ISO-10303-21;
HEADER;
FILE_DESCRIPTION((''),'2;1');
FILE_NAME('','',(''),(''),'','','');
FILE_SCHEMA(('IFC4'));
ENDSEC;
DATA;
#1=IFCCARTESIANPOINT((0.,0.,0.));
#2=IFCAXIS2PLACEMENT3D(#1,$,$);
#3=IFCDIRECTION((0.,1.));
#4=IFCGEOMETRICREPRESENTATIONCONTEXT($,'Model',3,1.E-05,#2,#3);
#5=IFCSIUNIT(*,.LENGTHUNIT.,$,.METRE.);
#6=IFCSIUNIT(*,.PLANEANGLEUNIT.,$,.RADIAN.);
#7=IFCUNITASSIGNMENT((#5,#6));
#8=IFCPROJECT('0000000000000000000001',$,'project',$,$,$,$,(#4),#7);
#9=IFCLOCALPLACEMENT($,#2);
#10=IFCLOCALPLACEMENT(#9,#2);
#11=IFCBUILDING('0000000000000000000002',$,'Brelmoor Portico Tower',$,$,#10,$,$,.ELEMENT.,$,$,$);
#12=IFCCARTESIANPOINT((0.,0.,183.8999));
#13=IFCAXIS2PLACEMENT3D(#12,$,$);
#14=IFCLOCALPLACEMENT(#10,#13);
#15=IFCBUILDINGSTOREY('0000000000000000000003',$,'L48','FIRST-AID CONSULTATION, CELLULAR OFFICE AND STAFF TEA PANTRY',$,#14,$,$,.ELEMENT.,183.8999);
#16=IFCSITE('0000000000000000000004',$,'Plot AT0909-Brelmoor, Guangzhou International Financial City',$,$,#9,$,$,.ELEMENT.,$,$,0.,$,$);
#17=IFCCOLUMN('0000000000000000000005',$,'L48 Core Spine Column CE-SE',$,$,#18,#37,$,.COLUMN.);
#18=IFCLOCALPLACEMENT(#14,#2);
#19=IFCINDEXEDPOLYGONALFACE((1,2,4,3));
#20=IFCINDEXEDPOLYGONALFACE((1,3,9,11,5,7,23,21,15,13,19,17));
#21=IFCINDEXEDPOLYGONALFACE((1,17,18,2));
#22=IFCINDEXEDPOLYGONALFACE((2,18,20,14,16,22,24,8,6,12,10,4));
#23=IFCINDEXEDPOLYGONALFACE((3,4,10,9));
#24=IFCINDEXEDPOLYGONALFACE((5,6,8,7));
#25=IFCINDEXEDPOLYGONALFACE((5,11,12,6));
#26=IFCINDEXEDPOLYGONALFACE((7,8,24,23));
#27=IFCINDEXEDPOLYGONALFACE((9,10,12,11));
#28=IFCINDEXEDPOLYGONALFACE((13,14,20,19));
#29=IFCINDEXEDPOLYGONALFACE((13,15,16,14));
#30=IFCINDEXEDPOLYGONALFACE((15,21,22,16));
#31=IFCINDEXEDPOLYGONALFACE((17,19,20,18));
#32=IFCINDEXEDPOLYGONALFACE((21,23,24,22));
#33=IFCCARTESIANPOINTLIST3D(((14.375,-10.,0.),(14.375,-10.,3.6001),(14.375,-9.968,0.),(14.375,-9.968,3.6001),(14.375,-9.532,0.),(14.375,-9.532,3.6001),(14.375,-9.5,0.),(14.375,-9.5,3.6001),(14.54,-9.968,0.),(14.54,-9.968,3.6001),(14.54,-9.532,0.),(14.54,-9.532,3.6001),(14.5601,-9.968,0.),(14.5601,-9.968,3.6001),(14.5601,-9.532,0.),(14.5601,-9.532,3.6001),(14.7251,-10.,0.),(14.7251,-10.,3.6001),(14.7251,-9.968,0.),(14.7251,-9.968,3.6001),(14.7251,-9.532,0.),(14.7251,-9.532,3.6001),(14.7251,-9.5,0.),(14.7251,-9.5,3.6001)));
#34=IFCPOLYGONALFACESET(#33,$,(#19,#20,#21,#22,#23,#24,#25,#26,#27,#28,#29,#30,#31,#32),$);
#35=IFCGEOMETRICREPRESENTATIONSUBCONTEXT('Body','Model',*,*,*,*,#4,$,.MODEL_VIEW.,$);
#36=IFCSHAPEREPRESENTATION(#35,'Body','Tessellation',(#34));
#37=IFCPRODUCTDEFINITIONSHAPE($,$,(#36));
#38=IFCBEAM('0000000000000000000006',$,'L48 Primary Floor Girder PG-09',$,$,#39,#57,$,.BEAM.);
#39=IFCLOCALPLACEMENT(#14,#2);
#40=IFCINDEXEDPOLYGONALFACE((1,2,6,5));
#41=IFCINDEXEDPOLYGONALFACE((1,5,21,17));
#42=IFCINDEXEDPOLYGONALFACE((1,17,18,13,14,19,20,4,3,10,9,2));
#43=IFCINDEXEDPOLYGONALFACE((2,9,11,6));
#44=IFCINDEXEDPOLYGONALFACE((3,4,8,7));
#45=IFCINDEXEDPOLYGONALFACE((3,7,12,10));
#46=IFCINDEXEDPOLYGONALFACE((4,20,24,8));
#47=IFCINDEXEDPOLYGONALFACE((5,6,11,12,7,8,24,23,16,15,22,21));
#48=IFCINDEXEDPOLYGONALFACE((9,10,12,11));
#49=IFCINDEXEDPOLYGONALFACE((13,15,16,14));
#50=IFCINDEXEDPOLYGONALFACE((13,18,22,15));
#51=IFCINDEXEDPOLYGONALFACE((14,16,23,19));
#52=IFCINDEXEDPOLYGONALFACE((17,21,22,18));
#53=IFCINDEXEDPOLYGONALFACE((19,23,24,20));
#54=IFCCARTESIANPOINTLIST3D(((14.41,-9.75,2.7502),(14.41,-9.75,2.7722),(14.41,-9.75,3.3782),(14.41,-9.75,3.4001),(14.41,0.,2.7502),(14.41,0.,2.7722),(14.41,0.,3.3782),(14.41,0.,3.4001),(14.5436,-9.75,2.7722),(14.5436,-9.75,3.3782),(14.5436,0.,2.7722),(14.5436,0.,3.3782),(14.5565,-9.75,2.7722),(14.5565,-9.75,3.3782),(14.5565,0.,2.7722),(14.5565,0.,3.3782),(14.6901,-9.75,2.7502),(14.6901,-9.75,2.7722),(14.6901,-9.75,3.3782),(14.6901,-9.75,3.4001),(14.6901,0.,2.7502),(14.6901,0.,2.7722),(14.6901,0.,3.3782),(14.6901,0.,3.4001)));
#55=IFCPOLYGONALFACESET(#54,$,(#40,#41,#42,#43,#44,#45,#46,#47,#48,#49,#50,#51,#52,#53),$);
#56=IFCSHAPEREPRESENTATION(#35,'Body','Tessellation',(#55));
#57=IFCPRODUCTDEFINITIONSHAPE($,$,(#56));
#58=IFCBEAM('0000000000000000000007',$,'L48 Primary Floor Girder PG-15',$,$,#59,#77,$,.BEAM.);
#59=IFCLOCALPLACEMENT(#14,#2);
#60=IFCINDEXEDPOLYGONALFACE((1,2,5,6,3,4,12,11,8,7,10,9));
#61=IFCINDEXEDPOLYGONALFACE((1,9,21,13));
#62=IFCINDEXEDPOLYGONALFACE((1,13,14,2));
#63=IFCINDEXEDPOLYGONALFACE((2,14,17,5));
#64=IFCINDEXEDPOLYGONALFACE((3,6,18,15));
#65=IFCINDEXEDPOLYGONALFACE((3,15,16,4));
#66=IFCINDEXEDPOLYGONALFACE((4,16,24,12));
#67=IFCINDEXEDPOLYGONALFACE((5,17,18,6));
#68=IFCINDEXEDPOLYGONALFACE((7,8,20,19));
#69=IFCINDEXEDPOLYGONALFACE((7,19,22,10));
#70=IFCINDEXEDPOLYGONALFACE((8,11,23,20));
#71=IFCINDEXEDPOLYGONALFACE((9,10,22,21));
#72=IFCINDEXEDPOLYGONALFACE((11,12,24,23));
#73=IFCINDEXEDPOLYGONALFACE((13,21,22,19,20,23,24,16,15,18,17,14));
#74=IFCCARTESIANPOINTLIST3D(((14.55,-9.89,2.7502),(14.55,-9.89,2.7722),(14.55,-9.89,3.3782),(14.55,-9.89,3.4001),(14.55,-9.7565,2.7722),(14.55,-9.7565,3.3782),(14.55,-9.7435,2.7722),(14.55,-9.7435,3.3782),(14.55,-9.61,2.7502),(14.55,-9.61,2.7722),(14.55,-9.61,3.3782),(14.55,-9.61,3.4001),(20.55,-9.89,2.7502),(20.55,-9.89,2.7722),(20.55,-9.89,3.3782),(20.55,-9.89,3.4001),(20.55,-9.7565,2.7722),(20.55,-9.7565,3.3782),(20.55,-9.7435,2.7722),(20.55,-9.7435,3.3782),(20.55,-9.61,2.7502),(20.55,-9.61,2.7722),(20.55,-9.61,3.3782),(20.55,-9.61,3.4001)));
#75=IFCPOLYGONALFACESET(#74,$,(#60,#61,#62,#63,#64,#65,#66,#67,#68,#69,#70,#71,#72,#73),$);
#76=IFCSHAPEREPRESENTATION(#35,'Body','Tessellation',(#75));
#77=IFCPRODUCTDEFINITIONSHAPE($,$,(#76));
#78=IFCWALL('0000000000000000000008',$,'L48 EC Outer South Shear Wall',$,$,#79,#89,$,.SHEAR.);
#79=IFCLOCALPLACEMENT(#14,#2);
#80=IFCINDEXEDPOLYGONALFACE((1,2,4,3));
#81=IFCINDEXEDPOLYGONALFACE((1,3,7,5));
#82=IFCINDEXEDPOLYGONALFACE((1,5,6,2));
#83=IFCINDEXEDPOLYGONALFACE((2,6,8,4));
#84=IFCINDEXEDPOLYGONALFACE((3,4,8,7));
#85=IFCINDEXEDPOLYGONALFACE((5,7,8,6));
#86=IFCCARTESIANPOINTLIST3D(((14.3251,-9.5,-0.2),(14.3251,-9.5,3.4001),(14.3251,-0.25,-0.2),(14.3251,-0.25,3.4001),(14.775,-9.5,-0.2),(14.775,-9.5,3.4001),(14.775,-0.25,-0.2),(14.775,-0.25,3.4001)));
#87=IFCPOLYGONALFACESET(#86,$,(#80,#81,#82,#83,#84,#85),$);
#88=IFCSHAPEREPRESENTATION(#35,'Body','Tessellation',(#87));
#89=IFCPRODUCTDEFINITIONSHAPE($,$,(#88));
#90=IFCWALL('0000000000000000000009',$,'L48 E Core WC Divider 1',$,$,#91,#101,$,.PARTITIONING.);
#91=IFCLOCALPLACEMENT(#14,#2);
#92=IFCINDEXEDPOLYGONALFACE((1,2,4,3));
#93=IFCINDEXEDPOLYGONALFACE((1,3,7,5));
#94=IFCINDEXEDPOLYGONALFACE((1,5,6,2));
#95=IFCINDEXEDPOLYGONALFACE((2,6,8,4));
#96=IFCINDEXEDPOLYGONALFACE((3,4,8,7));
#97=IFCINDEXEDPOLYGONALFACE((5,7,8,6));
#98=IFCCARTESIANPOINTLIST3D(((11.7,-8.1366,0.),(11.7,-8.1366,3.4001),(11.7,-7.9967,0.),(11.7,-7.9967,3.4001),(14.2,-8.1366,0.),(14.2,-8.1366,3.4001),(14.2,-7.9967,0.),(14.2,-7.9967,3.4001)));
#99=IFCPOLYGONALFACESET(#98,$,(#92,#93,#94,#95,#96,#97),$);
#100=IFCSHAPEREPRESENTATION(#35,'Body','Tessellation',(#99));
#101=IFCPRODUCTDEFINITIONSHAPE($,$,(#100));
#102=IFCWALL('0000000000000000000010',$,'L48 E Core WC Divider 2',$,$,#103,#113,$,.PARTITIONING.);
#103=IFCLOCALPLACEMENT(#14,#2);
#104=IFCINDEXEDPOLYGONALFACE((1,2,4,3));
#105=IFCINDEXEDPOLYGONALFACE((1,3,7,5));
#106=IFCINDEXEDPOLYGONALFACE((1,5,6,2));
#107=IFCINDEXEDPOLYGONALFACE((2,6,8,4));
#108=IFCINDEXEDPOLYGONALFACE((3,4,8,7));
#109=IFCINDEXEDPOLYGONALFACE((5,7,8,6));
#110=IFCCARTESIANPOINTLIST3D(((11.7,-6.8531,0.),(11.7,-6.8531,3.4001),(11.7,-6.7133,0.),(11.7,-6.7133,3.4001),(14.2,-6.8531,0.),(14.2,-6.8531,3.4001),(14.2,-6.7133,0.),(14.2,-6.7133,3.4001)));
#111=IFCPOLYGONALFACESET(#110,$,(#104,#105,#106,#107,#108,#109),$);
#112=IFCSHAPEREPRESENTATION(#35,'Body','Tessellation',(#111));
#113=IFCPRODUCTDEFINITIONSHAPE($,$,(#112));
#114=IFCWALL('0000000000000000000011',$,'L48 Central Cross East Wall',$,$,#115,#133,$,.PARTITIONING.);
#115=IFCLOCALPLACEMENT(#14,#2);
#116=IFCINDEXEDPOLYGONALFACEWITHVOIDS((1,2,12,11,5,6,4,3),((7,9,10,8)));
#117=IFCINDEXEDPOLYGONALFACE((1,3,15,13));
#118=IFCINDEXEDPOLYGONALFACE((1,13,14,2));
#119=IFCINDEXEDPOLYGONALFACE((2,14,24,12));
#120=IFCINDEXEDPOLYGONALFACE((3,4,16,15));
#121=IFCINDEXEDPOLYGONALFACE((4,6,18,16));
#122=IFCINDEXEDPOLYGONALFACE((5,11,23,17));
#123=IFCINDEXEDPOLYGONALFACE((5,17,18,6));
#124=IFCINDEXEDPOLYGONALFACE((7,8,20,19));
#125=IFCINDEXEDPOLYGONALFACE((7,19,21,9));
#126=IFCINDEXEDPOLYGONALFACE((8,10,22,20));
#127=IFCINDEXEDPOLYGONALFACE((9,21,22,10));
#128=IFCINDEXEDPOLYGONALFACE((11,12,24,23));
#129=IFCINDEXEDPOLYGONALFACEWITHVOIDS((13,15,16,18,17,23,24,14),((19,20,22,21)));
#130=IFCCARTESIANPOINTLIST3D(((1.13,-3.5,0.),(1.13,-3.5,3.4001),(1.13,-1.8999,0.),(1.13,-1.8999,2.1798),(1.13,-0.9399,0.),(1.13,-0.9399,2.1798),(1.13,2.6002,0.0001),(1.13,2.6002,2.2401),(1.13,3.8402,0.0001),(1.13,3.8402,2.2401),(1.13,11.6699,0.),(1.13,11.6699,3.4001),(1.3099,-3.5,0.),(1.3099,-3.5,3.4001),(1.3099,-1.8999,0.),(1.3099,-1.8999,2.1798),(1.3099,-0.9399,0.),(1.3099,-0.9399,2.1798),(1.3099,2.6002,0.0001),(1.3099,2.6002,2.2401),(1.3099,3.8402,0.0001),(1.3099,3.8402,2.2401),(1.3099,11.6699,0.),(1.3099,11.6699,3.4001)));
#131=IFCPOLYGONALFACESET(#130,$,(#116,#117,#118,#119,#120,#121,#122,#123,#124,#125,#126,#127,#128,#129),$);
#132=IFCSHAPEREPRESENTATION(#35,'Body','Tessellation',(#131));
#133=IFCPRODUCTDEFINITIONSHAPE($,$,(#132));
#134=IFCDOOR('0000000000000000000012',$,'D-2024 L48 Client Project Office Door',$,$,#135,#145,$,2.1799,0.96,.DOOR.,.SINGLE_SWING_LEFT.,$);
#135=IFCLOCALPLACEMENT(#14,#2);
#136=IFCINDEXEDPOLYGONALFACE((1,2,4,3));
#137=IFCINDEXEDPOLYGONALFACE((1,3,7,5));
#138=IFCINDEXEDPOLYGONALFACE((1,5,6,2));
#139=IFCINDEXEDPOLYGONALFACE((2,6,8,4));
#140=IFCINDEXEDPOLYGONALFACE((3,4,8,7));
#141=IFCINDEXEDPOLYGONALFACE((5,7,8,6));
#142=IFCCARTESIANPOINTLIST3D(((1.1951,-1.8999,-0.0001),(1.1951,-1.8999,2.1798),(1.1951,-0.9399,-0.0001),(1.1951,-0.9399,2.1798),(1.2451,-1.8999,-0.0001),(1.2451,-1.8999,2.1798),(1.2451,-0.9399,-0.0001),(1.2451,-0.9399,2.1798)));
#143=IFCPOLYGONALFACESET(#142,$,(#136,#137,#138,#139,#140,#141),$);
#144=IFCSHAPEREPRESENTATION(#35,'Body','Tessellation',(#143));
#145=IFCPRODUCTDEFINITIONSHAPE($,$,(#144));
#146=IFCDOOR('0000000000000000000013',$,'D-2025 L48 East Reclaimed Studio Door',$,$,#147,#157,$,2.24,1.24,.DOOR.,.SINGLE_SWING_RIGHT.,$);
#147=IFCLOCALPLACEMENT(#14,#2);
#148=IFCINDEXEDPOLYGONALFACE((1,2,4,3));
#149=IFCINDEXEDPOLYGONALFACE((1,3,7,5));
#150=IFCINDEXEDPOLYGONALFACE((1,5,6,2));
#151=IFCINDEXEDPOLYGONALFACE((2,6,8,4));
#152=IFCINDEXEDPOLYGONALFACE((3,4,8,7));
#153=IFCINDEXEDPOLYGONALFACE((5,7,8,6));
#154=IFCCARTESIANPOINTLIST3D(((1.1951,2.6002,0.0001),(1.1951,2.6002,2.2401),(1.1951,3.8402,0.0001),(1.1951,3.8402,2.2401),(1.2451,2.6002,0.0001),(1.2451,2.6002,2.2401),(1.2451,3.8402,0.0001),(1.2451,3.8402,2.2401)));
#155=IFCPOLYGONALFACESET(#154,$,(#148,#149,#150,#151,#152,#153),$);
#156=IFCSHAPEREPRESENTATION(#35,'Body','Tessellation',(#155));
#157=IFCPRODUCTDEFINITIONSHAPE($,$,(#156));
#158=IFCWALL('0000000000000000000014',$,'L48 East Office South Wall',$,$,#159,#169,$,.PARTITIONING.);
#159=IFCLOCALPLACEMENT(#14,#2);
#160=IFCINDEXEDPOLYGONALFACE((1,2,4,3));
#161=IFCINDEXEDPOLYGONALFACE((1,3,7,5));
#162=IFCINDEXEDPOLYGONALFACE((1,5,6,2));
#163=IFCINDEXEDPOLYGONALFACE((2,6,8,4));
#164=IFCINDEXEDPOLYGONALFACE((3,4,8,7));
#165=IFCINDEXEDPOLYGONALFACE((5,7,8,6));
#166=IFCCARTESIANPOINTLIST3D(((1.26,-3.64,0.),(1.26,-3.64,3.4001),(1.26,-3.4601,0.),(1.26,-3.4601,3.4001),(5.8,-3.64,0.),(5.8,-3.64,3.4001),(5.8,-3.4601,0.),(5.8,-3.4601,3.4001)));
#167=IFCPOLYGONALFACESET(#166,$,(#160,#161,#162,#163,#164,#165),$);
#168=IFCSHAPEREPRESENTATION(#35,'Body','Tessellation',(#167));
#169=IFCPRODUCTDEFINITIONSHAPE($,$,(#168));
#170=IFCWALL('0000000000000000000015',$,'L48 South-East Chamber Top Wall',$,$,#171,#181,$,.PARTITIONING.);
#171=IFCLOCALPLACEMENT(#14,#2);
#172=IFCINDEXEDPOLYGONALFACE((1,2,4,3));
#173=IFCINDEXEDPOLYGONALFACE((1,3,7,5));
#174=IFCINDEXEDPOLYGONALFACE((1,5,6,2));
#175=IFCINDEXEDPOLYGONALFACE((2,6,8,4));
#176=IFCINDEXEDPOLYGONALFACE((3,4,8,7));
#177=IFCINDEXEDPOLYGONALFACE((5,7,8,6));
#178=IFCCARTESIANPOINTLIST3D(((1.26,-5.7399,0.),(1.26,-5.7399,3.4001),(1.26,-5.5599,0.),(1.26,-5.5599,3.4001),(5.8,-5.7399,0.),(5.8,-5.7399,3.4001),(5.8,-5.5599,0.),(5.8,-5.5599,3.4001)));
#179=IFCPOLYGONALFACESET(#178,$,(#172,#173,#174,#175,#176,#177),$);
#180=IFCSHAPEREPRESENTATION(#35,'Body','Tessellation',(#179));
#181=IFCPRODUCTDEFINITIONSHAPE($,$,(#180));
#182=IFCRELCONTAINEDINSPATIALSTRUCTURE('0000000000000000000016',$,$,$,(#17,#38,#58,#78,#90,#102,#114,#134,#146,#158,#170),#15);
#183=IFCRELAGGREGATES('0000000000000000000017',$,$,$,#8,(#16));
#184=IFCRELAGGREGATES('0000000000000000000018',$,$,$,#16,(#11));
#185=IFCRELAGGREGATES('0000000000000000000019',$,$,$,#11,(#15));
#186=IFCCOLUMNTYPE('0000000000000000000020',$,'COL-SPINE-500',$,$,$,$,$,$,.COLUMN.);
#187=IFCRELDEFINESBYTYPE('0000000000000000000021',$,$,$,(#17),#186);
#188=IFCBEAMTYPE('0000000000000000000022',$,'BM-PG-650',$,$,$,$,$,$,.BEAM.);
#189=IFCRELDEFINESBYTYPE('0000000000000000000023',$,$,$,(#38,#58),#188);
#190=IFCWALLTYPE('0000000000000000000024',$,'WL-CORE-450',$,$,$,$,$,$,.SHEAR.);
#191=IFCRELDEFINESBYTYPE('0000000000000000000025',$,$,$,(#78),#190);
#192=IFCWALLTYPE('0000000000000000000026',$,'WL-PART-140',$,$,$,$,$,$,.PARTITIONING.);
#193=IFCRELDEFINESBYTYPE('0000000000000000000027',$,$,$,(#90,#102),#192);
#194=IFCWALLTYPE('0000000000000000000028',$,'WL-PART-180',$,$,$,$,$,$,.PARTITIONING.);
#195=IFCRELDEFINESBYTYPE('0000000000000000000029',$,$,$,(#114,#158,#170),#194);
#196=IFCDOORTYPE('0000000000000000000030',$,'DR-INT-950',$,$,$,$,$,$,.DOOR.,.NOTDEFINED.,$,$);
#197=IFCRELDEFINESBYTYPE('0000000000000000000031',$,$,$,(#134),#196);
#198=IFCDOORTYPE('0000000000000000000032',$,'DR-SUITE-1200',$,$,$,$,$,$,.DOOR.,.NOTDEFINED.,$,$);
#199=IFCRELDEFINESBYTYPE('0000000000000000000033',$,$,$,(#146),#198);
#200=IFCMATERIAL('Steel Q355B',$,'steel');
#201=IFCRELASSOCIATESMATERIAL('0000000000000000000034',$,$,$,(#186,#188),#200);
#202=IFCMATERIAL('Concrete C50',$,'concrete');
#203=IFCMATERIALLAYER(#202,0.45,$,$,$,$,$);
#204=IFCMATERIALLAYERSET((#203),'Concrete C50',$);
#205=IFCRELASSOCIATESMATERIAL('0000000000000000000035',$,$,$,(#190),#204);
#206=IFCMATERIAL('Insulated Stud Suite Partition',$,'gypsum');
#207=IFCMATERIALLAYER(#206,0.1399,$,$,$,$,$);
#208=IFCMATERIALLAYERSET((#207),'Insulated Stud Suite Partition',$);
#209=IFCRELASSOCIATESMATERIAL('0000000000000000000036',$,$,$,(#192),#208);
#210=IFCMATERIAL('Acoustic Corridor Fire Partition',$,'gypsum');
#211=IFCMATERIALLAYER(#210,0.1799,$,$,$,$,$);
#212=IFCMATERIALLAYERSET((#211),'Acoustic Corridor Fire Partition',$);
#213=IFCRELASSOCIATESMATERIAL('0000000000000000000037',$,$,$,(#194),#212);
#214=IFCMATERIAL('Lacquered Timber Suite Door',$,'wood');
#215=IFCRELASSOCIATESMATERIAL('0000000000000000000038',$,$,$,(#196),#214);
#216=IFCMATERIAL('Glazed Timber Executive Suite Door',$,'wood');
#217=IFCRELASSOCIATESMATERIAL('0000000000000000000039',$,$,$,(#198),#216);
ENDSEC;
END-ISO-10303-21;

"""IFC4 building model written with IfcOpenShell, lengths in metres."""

from ifc_helpers import new_model, si_unit, direction, frame, frame_2d, origin, origin_2d, place, context, subcontext, project, spatial, rectangle, i_section, extrude, material, layer, layer_set, material_profile, profile_set, type_object, element, fill, save


model = new_model("IFC4")

# Units and contexts
model_context = context("Model", 3, precision=1e-05, world=origin(), true_north=direction((0.0, 1.0)))
body_context = subcontext(model_context, "Body", "Model", "MODEL_VIEW")
ifc_project = project(units=[si_unit("LENGTHUNIT", "METRE"), si_unit("PLANEANGLEUNIT", "RADIAN")], contexts=[model_context])

# Site, building, storey
site_placement = place(None, origin())
site = spatial("IfcSite", under=ifc_project, at=site_placement, Name="Plot AT0909-Brelmoor, Guangzhou International Financial City", CompositionType="ELEMENT", RefElevation=0.0)
building_placement = place(site_placement, origin())
building = spatial("IfcBuilding", under=site, at=building_placement, Name="Brelmoor Portico Tower", CompositionType="ELEMENT")
storey_placement = place(building_placement, frame((0.0, 0.0, 183.8999)))
storey = spatial("IfcBuildingStorey", under=building, at=storey_placement, Name="L48", Description="FIRST-AID CONSULTATION, CELLULAR OFFICE AND STAFF TEA PANTRY", CompositionType="ELEMENT", Elevation=183.8999)

# Column
ifc_material_1 = material(Name="Steel Q355B", Category="steel")
ifc_material_profile_1 = material_profile(ifc_material_1, i_section(OverallWidth=0.3501, OverallDepth=0.5, WebThickness=0.02, FlangeThickness=0.032, at=origin_2d()), Name="HW 500x350x20x32")
ifc_profile_set_1 = profile_set([ifc_material_profile_1], Name="Steel Q355B")
column_type = type_object("IfcColumnType", Name="COL-SPINE-500", PredefinedType="COLUMN", material=ifc_profile_set_1)
column_placement = place(storey_placement, frame((14.55, -9.75, 0.0), z_axis=(0.0, 0.0, 1.0), x_axis=(1.0, 0.0, 0.0)))
element("IfcColumn", 1, at=column_placement, inside=storey, type_object=column_type, Name="L48 Core Spine Column CE-SE", PredefinedType="COLUMN", context=body_context, shape_type="SweptSolid", body=[
    extrude(i_section(OverallWidth=0.3501, OverallDepth=0.5, WebThickness=0.02, FlangeThickness=0.032, at=origin_2d()), origin(), (0.0, 0.0, 1.0), 3.6001),
])

# Beams
ifc_material_profile_2 = material_profile(ifc_material_1, i_section(OverallWidth=0.28, OverallDepth=0.6499, WebThickness=0.0129, FlangeThickness=0.022, at=origin_2d()), Name="HN 650x280x13x22")
ifc_profile_set_2 = profile_set([ifc_material_profile_2], Name="Steel Q355B")
beam_type = type_object("IfcBeamType", Name="BM-PG-650", PredefinedType="BEAM", material=ifc_profile_set_2)
beam_1_placement = place(storey_placement, frame((14.55, -9.75, 3.0752), z_axis=(0.0, 1.0, 0.0), x_axis=(-1.0, 0.0, 0.0)))
element("IfcBeam", 2, at=beam_1_placement, inside=storey, type_object=beam_type, Name="L48 Primary Floor Girder PG-09", PredefinedType="BEAM", context=body_context, shape_type="SweptSolid", body=[
    extrude(i_section(OverallWidth=0.28, OverallDepth=0.6499, WebThickness=0.0129, FlangeThickness=0.022, at=origin_2d()), origin(), (0.0, 0.0, 1.0), 9.75),
])
beam_2_placement = place(storey_placement, frame((14.55, -9.75, 3.0752), z_axis=(1.0, 0.0, 0.0), x_axis=(0.0, 1.0, 0.0)))
element("IfcBeam", 3, at=beam_2_placement, inside=storey, type_object=beam_type, Name="L48 Primary Floor Girder PG-15", PredefinedType="BEAM", context=body_context, shape_type="SweptSolid", body=[
    extrude(i_section(OverallWidth=0.28, OverallDepth=0.6499, WebThickness=0.0129, FlangeThickness=0.022, at=origin_2d()), origin(), (0.0, 0.0, 1.0), 6.0),
])

# Walls
ifc_material_2 = material(Name="Concrete C50", Category="concrete")
ifc_layer_1 = layer(ifc_material_2, 0.45)
ifc_layer_set_1 = layer_set([ifc_layer_1], Name="Concrete C50")
wall_type_1 = type_object("IfcWallType", Name="WL-CORE-450", PredefinedType="SHEAR", material=ifc_layer_set_1)
wall_1_placement = place(storey_placement, frame((14.55, -9.5, -0.2), z_axis=(0.0, 0.0, 1.0), x_axis=(0.0, 1.0, 0.0)))
element("IfcWall", 4, at=wall_1_placement, inside=storey, type_object=wall_type_1, Name="L48 EC Outer South Shear Wall", PredefinedType="SHEAR", context=body_context, shape_type="SweptSolid", body=[
    extrude(rectangle(XDim=9.25, YDim=0.45, at=frame_2d((4.625, 0.0))), origin(), (0.0, 0.0, 1.0), 3.6001),
])
ifc_material_3 = material(Name="Insulated Stud Suite Partition", Category="gypsum")
ifc_layer_2 = layer(ifc_material_3, 0.1399)
ifc_layer_set_2 = layer_set([ifc_layer_2], Name="Insulated Stud Suite Partition")
wall_type_2 = type_object("IfcWallType", Name="WL-PART-140", PredefinedType="PARTITIONING", material=ifc_layer_set_2)
for number, where, z_axis, x_axis, name in (
    (5, (11.7, -8.0667, 0.0), (0.0, 0.0, 1.0), (1.0, 0.0, 0.0), "L48 E Core WC Divider 1"),
    (6, (11.7, -6.7832, 0.0), (0.0, 0.0, 1.0), (1.0, 0.0, 0.0), "L48 E Core WC Divider 2"),
):
    element("IfcWall", number, at=place(storey_placement, frame(where, z_axis=z_axis, x_axis=x_axis)), inside=storey, type_object=wall_type_2, Name=name, PredefinedType="PARTITIONING", context=body_context, shape_type="SweptSolid", body=[
        extrude(rectangle(XDim=2.5, YDim=0.1399, at=frame_2d((1.25, 0.0))), origin(), (0.0, 0.0, 1.0), 3.4001),
    ])

# Wall, openings, doors
ifc_material_4 = material(Name="Acoustic Corridor Fire Partition", Category="gypsum")
ifc_layer_3 = layer(ifc_material_4, 0.1799)
ifc_layer_set_3 = layer_set([ifc_layer_3], Name="Acoustic Corridor Fire Partition")
wall_type_3 = type_object("IfcWallType", Name="WL-PART-180", PredefinedType="PARTITIONING", material=ifc_layer_set_3)
wall_2_placement = place(storey_placement, frame((1.22, -3.5, 0.0), z_axis=(0.0, 0.0, 1.0), x_axis=(0.0, 1.0, 0.0)))
wall_2 = element("IfcWall", 7, at=wall_2_placement, inside=storey, type_object=wall_type_3, Name="L48 Central Cross East Wall", PredefinedType="PARTITIONING", context=body_context, shape_type="SweptSolid", body=[
    extrude(rectangle(XDim=15.1699, YDim=0.1799, at=frame_2d((7.585, 0.0))), origin(), (0.0, 0.0, 1.0), 3.4001),
])
opening_1_placement = place(wall_2_placement, frame((6.1001, 0.0, 0.0)))
opening_1 = element("IfcOpeningElement", 8, at=opening_1_placement, cuts=wall_2, PredefinedType="OPENING", context=body_context, shape_type="SweptSolid", body=[
    extrude(rectangle(XDim=1.24, YDim=2.24, at=frame_2d((0.6201, 1.1201))), frame((0.0, 0.0999, 0.0), z_axis=(0.0, -1.0, 0.0), x_axis=(1.0, 0.0, 0.0)), (0.0, 0.0, 1.0), 0.2),
])
opening_2_placement = place(wall_2_placement, frame((1.6001, 0.0, 0.0)))
opening_2 = element("IfcOpeningElement", 9, at=opening_2_placement, cuts=wall_2, PredefinedType="OPENING", context=body_context, shape_type="SweptSolid", body=[
    extrude(rectangle(XDim=0.96, YDim=2.1799, at=frame_2d((0.48, 1.0898))), frame((0.0, 0.0999, 0.0), z_axis=(0.0, -1.0, 0.0), x_axis=(1.0, 0.0, 0.0)), (0.0, 0.0, 1.0), 0.2),
])
ifc_material_5 = material(Name="Lacquered Timber Suite Door", Category="wood")
door_type_1 = type_object("IfcDoorType", Name="DR-INT-950", OperationType="NOTDEFINED", PredefinedType="DOOR", material=ifc_material_5)
door_1_placement = place(opening_2_placement, origin())
door_1 = element("IfcDoor", 10, at=door_1_placement, inside=storey, type_object=door_type_1, Name="D-2024 L48 Client Project Office Door", OperationType="SINGLE_SWING_LEFT", OverallHeight=2.1799, OverallWidth=0.96, PredefinedType="DOOR", context=body_context, shape_type="SweptSolid", body=[
    extrude(rectangle(XDim=0.96, YDim=2.1799, at=frame_2d((0.48, 1.0898))), frame((0.0, 0.0249, 0.0), z_axis=(0.0, -1.0, 0.0), x_axis=(1.0, 0.0, 0.0)), (0.0, 0.0, 1.0), 0.05),
])
fill(opening_2, door_1)
ifc_material_6 = material(Name="Glazed Timber Executive Suite Door", Category="wood")
door_type_2 = type_object("IfcDoorType", Name="DR-SUITE-1200", OperationType="NOTDEFINED", PredefinedType="DOOR", material=ifc_material_6)
door_2_placement = place(opening_1_placement, origin())
door_2 = element("IfcDoor", 11, at=door_2_placement, inside=storey, type_object=door_type_2, Name="D-2025 L48 East Reclaimed Studio Door", OperationType="SINGLE_SWING_RIGHT", OverallHeight=2.24, OverallWidth=1.24, PredefinedType="DOOR", context=body_context, shape_type="SweptSolid", body=[
    extrude(rectangle(XDim=1.24, YDim=2.24, at=frame_2d((0.6201, 1.1201))), frame((0.0, 0.0249, 0.0), z_axis=(0.0, -1.0, 0.0), x_axis=(1.0, 0.0, 0.0)), (0.0, 0.0, 1.0), 0.05),
])
fill(opening_1, door_2)

# Walls
for number, where, z_axis, x_axis, name in (
    (12, (1.26, -3.55, 0.0), (0.0, 0.0, 1.0), (1.0, 0.0, 0.0), "L48 East Office South Wall"),
    (13, (1.26, -5.6499, 0.0), (0.0, 0.0, 1.0), (1.0, 0.0, 0.0), "L48 South-East Chamber Top Wall"),
):
    element("IfcWall", number, at=place(storey_placement, frame(where, z_axis=z_axis, x_axis=x_axis)), inside=storey, type_object=wall_type_3, Name=name, PredefinedType="PARTITIONING", context=body_context, shape_type="SweptSolid", body=[
        extrude(rectangle(XDim=4.54, YDim=0.1799, at=frame_2d((2.27, 0.0))), origin(), (0.0, 0.0, 1.0), 3.4001),
    ])

save(model, "model.ifc")
